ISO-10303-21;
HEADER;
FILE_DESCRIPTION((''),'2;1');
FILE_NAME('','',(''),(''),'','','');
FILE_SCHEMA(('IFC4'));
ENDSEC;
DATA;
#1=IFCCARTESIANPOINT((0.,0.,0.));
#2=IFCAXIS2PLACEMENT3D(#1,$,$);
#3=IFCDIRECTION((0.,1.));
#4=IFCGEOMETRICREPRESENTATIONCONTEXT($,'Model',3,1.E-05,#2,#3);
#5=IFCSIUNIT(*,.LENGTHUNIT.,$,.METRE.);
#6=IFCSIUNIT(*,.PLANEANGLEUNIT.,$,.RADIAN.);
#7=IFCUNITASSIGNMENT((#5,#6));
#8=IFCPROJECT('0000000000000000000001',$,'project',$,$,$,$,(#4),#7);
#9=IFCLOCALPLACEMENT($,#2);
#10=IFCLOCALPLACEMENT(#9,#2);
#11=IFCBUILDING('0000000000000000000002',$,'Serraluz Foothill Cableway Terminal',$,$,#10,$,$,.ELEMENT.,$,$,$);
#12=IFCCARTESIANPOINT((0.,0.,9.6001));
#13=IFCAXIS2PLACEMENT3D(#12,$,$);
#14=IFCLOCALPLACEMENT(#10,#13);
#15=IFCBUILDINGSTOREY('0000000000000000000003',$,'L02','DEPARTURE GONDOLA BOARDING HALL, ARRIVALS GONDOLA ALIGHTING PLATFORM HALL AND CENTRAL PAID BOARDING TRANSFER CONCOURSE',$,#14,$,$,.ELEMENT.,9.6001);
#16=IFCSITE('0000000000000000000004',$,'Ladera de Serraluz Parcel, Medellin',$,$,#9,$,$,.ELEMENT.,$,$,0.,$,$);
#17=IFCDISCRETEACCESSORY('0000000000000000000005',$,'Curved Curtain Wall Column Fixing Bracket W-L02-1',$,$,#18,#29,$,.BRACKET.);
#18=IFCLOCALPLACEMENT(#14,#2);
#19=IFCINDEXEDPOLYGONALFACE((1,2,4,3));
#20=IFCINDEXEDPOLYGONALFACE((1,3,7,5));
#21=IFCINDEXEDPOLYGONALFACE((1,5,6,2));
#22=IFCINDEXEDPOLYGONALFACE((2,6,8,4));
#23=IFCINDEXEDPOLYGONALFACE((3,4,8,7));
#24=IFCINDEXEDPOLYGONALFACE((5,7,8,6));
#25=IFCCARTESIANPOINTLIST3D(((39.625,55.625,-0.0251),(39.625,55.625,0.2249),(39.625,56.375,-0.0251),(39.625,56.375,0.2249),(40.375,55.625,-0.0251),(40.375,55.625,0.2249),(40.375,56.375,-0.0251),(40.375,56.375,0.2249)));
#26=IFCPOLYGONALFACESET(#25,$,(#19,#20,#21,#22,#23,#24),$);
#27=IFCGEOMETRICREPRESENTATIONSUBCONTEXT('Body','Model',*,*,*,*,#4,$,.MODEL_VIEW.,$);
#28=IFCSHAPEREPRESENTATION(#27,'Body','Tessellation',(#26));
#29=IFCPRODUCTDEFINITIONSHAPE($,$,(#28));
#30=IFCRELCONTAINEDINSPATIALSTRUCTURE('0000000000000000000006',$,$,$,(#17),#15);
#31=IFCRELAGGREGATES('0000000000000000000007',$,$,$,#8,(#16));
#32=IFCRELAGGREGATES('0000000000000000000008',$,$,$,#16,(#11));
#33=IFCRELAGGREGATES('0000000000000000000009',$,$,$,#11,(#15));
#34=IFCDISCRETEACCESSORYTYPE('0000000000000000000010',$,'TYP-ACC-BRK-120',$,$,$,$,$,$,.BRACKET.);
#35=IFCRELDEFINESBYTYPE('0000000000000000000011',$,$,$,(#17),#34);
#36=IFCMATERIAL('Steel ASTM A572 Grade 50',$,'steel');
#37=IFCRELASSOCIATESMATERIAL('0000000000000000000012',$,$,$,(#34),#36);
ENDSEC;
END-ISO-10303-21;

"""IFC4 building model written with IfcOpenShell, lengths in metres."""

from ifc_helpers import new_model, si_unit, direction, frame, origin, origin_2d, place, context, subcontext, project, spatial, rectangle, extrude, material, type_object, element, save


model = new_model("IFC4")

# Units and contexts
model_context = context("Model", 3, precision=1e-05, world=origin(), true_north=direction((0.0, 1.0)))
body_context = subcontext(model_context, "Body", "Model", "MODEL_VIEW")
ifc_project = project(units=[si_unit("LENGTHUNIT", "METRE"), si_unit("PLANEANGLEUNIT", "RADIAN")], contexts=[model_context])

# Site, building, storey
site_placement = place(None, origin())
site = spatial("IfcSite", under=ifc_project, at=site_placement, Name="Ladera de Serraluz Parcel, Medellin", CompositionType="ELEMENT", RefElevation=0.0)
building_placement = place(site_placement, origin())
building = spatial("IfcBuilding", under=site, at=building_placement, Name="Serraluz Foothill Cableway Terminal", CompositionType="ELEMENT")
storey_placement = place(building_placement, frame((0.0, 0.0, 9.6001)))
storey = spatial("IfcBuildingStorey", under=building, at=storey_placement, Name="L02", Description="DEPARTURE GONDOLA BOARDING HALL, ARRIVALS GONDOLA ALIGHTING PLATFORM HALL AND CENTRAL PAID BOARDING TRANSFER CONCOURSE", CompositionType="ELEMENT", Elevation=9.6001)

# Shared definitions
ifc_material_1 = material(Name="Steel ASTM A572 Grade 50", Category="steel")

# Discrete accessory
discrete_accessory_type = type_object("IfcDiscreteAccessoryType", Name="TYP-ACC-BRK-120", PredefinedType="BRACKET", material=ifc_material_1)
discrete_accessory_placement = place(storey_placement, frame((40.0, 56.0, -0.0251), z_axis=(0.0, 0.0, 1.0), x_axis=(1.0, 0.0, 0.0)))
element("IfcDiscreteAccessory", 1, at=discrete_accessory_placement, inside=storey, type_object=discrete_accessory_type, Name="Curved Curtain Wall Column Fixing Bracket W-L02-1", PredefinedType="BRACKET", context=body_context, shape_type="SweptSolid", body=[
    extrude(rectangle(XDim=0.75, YDim=0.75, at=origin_2d()), origin(), (0.0, 0.0, 1.0), 0.25),
])

save(model, "model.ifc")
